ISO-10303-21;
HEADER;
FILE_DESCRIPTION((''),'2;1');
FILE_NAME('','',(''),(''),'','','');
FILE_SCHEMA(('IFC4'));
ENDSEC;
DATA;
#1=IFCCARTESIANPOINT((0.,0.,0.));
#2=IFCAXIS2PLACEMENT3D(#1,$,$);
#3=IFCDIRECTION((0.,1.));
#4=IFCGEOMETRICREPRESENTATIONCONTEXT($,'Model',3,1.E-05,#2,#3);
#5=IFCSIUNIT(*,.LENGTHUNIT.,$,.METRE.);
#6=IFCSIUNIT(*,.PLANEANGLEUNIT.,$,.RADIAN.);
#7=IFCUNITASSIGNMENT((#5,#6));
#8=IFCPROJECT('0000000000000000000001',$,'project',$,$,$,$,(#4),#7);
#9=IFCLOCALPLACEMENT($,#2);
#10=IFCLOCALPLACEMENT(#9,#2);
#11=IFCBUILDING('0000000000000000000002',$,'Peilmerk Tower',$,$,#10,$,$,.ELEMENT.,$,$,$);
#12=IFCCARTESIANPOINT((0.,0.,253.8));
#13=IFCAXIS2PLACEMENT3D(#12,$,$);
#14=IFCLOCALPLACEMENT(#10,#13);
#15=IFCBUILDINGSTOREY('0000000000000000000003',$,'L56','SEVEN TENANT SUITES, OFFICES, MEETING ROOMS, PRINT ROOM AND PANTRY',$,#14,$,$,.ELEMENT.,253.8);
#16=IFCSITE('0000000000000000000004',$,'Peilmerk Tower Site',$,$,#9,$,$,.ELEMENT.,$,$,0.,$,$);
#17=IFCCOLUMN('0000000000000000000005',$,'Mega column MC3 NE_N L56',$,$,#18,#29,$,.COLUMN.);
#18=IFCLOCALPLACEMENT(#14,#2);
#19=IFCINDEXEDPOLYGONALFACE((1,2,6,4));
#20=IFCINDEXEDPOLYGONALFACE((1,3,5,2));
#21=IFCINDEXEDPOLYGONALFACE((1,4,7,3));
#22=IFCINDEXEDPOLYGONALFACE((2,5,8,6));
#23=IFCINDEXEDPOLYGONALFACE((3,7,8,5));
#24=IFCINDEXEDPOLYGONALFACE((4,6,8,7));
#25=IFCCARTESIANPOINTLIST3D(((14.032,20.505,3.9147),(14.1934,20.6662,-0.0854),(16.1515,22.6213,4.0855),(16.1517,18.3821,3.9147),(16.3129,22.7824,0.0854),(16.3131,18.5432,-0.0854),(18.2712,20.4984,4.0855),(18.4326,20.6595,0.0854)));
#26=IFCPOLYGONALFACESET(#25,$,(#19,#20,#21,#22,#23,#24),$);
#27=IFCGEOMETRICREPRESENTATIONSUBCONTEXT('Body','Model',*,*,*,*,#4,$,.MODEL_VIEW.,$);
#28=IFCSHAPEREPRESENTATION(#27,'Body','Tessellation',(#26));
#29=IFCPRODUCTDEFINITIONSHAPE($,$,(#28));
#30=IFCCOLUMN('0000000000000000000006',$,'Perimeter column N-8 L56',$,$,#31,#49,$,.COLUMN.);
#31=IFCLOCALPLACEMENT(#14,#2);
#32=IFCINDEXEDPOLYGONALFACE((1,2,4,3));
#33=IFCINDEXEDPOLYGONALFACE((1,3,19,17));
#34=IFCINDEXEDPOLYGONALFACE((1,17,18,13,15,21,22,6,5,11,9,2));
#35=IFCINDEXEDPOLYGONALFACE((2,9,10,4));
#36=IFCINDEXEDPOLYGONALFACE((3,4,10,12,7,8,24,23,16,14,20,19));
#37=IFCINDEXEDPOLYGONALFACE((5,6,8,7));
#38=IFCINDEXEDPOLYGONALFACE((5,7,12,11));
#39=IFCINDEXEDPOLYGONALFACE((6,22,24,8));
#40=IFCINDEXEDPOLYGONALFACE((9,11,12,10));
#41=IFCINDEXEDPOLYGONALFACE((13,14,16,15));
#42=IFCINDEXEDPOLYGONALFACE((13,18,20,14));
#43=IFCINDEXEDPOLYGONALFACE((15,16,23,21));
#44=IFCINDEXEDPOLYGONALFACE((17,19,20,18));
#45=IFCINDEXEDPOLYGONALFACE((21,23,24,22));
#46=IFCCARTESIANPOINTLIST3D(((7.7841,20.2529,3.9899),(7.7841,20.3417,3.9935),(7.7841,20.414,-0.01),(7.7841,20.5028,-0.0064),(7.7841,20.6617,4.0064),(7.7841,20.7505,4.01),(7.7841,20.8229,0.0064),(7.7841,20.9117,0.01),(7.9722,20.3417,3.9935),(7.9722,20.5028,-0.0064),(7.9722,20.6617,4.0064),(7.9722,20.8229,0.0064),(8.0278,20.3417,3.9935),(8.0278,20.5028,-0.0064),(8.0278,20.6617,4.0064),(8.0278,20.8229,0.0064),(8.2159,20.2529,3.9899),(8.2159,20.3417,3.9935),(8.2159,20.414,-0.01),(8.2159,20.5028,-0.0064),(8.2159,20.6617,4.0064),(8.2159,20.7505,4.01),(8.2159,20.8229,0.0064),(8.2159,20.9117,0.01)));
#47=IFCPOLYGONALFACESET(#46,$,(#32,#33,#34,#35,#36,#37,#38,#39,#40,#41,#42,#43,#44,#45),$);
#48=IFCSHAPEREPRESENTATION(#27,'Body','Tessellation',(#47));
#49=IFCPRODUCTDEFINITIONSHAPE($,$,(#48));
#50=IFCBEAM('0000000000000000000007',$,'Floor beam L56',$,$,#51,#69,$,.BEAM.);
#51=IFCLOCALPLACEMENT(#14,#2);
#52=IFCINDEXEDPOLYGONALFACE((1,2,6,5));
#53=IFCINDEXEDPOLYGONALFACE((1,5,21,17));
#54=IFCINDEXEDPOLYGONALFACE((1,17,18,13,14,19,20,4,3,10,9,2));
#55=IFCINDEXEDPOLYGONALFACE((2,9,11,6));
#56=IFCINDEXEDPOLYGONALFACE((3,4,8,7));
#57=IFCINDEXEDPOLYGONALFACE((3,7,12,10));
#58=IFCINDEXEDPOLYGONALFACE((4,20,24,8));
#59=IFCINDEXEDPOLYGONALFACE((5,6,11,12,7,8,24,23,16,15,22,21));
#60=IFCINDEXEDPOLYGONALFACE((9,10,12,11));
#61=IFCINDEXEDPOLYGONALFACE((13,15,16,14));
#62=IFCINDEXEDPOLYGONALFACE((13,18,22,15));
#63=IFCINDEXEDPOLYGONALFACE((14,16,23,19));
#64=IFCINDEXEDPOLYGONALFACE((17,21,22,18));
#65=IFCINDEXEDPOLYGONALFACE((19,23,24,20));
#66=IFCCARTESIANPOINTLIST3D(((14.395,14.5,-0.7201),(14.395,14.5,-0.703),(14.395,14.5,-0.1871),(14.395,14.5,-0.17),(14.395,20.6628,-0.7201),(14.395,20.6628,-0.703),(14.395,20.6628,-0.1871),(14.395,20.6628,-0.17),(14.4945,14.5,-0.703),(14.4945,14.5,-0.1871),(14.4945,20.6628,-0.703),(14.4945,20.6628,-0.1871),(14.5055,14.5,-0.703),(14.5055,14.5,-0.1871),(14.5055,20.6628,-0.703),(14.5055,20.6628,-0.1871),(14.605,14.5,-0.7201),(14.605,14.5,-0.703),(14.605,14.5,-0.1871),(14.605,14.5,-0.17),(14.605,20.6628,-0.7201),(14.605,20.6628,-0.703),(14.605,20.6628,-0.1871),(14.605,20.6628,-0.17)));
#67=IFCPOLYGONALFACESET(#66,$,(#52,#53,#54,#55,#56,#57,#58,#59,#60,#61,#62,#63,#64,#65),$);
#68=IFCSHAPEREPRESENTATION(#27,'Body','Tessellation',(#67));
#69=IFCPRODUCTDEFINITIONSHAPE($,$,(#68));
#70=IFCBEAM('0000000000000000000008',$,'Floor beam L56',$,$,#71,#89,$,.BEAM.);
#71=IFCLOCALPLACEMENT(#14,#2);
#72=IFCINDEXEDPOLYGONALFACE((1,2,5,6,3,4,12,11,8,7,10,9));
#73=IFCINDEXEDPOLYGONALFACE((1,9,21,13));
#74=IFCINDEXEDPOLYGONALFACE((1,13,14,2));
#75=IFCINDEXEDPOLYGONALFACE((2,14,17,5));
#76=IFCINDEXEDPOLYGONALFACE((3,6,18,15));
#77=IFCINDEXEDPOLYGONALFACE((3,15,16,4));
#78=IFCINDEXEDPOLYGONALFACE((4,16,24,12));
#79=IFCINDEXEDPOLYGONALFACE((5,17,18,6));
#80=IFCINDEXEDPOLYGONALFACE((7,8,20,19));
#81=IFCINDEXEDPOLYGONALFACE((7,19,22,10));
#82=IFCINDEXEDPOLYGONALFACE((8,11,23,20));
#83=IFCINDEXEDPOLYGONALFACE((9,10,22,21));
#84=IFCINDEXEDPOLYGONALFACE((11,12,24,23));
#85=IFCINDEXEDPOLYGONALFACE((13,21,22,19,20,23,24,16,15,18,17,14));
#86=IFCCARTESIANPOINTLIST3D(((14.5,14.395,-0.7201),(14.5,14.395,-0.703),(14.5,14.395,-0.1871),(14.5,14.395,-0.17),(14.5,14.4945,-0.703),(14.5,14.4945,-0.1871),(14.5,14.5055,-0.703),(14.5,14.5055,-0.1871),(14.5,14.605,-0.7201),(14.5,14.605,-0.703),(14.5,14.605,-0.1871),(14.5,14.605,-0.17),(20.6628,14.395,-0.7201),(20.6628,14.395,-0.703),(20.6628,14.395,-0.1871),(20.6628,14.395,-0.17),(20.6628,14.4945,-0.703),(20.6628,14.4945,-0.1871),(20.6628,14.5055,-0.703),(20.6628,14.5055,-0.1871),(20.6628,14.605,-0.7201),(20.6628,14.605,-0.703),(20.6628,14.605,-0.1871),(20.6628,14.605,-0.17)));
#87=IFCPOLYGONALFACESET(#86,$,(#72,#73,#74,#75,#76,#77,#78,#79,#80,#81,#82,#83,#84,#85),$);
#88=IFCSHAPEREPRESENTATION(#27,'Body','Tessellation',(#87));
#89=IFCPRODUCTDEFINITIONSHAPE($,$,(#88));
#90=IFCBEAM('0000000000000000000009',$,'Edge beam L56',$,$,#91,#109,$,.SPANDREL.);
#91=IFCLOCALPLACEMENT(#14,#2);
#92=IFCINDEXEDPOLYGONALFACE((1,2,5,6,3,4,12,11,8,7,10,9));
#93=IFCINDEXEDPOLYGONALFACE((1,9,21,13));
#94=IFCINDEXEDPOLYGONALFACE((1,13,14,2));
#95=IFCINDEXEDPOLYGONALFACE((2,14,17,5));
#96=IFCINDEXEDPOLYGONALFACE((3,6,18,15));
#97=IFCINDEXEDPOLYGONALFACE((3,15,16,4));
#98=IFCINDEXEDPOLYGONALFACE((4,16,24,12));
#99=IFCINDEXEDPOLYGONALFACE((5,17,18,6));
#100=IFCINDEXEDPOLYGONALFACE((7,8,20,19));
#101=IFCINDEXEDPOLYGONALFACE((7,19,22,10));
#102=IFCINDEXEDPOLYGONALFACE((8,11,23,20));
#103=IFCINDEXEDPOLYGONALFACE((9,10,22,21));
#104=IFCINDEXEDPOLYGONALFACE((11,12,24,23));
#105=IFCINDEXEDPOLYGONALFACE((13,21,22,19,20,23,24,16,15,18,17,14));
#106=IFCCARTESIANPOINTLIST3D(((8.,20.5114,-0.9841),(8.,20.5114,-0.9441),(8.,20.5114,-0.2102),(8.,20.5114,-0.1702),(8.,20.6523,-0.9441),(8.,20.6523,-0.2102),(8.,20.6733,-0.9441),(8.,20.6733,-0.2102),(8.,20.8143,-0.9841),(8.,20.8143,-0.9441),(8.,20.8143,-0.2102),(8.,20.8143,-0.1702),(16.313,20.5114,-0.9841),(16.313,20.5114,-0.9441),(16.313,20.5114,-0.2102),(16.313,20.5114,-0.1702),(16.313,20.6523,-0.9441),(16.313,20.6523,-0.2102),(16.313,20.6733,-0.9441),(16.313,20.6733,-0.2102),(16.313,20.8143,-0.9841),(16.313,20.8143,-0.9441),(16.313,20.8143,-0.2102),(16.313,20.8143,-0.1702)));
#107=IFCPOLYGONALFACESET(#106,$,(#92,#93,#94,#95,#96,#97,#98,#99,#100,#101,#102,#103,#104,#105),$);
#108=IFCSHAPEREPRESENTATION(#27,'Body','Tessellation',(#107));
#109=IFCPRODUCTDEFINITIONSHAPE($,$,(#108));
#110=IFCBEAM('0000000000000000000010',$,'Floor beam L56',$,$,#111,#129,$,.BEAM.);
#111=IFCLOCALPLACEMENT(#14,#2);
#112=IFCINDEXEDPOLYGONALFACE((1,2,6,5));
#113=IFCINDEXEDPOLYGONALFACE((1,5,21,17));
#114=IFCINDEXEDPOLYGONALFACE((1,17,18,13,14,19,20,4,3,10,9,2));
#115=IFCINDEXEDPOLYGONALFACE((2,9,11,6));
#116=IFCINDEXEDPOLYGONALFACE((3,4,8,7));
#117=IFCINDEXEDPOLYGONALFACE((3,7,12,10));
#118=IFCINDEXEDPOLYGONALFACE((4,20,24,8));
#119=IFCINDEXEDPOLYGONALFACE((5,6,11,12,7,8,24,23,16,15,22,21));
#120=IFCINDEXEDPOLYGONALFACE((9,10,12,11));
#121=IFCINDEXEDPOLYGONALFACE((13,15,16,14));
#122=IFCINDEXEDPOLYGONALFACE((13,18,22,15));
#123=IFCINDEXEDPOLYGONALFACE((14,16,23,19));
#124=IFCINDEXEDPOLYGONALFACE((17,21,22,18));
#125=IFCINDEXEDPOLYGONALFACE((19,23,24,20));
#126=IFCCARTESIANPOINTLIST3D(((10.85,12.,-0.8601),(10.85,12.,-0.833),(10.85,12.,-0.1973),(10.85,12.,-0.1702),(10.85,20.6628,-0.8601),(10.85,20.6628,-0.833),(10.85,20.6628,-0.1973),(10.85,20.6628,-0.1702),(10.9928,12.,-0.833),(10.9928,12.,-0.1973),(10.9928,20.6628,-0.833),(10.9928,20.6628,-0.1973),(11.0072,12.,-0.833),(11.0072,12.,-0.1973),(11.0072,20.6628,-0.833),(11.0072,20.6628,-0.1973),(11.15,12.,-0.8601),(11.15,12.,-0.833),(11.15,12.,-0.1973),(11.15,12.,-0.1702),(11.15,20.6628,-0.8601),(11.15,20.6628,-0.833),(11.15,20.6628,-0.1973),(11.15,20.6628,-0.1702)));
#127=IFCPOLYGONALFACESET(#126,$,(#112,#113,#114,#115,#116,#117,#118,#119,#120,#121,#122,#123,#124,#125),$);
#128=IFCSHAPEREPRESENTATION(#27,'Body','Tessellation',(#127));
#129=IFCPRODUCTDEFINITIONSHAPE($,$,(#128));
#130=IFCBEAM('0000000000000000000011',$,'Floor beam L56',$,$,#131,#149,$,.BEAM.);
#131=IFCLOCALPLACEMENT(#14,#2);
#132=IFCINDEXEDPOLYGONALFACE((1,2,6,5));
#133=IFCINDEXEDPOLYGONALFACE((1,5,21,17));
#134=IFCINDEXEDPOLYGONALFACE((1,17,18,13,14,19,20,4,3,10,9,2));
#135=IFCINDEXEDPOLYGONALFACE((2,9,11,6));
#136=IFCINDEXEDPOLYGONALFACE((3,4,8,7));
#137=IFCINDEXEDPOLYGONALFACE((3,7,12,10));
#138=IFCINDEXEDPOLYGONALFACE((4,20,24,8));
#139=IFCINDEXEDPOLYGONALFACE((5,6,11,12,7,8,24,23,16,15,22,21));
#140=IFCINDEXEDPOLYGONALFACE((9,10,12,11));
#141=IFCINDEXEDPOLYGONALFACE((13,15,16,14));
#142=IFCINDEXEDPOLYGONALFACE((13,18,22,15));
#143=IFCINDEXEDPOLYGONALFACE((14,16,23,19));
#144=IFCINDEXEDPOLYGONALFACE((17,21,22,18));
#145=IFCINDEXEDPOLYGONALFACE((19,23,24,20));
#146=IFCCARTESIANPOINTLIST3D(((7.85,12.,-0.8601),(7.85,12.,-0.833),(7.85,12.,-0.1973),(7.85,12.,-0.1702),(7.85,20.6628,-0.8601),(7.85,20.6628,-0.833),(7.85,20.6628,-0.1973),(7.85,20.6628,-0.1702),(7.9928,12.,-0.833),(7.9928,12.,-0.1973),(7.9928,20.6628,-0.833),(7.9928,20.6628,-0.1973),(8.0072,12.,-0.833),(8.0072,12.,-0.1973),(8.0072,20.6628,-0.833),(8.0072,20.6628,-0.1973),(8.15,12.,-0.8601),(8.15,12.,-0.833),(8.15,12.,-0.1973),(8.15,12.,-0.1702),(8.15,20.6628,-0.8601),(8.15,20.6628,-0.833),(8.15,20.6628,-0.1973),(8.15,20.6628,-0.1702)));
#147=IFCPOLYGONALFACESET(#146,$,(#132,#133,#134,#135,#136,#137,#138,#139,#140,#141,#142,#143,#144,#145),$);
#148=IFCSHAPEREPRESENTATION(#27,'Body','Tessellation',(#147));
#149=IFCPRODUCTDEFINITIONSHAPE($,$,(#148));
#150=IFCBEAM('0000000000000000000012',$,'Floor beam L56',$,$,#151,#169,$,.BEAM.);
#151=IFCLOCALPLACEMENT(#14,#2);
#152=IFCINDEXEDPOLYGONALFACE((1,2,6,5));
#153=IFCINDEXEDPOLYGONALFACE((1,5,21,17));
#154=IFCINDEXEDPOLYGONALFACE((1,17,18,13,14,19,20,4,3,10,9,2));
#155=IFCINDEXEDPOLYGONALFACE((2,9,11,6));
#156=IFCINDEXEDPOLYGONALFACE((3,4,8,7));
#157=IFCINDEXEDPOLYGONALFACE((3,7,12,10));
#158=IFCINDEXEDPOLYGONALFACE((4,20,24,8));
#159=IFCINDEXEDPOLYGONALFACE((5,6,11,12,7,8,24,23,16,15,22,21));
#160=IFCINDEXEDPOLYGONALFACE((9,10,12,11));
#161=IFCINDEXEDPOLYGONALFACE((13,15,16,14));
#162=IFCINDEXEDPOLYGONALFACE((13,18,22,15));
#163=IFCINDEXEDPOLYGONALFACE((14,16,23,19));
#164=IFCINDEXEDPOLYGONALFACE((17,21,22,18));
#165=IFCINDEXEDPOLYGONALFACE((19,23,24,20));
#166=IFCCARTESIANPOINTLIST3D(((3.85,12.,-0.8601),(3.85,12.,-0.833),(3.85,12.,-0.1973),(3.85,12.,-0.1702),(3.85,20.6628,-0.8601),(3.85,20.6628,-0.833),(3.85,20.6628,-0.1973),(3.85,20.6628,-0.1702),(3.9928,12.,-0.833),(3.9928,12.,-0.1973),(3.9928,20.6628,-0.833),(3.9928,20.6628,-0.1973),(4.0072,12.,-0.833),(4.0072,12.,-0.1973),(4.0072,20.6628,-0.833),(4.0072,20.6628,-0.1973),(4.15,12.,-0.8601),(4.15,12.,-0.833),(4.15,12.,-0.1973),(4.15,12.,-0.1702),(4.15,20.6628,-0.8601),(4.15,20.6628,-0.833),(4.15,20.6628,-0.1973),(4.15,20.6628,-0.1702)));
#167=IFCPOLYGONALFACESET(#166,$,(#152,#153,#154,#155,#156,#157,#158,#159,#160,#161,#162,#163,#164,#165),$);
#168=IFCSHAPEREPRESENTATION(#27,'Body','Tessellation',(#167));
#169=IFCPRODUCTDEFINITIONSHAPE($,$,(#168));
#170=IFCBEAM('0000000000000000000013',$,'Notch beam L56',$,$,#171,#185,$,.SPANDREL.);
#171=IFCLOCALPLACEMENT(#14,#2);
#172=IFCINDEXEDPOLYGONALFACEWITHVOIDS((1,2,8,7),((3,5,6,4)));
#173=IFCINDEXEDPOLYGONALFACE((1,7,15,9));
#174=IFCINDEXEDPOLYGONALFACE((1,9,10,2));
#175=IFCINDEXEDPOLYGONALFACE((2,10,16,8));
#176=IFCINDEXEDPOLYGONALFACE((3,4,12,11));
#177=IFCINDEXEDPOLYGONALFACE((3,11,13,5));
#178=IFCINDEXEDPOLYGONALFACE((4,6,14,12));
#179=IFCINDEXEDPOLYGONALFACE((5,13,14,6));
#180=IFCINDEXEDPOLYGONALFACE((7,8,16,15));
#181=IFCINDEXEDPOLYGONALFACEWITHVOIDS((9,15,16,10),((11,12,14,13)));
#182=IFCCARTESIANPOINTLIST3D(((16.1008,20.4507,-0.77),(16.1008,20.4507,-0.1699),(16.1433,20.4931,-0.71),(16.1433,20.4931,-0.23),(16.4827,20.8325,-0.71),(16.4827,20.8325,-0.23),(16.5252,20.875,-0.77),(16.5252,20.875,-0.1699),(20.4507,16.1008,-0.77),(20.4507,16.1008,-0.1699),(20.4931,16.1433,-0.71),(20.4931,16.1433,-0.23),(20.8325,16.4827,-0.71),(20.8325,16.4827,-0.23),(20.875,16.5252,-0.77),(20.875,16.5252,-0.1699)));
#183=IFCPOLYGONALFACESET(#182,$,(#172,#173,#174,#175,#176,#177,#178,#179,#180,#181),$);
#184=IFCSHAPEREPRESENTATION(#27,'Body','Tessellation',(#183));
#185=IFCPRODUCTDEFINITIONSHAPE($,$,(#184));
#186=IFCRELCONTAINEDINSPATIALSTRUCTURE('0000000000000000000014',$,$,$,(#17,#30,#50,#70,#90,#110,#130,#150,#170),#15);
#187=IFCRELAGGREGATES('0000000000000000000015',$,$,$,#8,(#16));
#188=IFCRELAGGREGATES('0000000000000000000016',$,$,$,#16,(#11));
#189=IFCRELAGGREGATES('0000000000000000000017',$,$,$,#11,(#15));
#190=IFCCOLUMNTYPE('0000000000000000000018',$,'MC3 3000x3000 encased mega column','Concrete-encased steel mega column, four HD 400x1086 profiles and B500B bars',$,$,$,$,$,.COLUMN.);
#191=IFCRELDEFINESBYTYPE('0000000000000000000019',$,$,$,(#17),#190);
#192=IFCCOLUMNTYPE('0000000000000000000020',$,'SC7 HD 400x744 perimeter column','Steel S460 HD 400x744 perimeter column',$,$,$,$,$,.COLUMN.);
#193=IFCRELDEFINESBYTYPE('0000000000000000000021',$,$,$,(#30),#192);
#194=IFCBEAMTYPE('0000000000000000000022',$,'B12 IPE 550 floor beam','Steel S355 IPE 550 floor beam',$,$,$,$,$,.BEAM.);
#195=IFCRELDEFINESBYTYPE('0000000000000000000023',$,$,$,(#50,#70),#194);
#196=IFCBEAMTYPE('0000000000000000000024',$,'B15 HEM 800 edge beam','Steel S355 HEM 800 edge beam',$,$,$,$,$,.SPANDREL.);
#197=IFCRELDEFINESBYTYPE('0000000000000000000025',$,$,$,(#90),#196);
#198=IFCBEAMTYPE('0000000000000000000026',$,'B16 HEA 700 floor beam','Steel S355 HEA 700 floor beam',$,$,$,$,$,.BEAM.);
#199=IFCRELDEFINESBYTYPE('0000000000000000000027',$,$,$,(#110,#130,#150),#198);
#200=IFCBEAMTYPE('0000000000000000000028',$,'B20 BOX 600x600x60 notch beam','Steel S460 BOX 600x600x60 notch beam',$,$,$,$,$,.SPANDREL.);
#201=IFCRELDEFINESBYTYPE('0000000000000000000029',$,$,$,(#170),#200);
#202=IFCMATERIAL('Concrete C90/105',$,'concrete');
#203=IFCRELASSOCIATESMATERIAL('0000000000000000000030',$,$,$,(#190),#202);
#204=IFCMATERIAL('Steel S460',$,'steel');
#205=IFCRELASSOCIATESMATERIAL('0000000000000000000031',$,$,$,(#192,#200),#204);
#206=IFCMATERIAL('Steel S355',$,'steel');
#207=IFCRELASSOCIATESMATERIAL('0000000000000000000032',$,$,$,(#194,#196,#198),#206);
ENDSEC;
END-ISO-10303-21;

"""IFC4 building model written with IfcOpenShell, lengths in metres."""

from ifc_helpers import new_model, si_unit, direction, frame, origin, origin_2d, place, context, subcontext, project, spatial, rectangle, hollow_rectangle, i_section, extrude, material, material_profile, profile_set, type_object, element, save


model = new_model("IFC4")

# Units and contexts
model_context = context("Model", 3, precision=1e-05, world=origin(), true_north=direction((0.0, 1.0)))
body_context = subcontext(model_context, "Body", "Model", "MODEL_VIEW")
ifc_project = project(units=[si_unit("LENGTHUNIT", "METRE"), si_unit("PLANEANGLEUNIT", "RADIAN")], contexts=[model_context])

# Site, building, storey
site_placement = place(None, origin())
site = spatial("IfcSite", under=ifc_project, at=site_placement, Name="Peilmerk Tower Site", CompositionType="ELEMENT", RefElevation=0.0)
building_placement = place(site_placement, origin())
building = spatial("IfcBuilding", under=site, at=building_placement, Name="Peilmerk Tower", CompositionType="ELEMENT")
storey_placement = place(building_placement, frame((0.0, 0.0, 253.8)))
storey = spatial("IfcBuildingStorey", under=building, at=storey_placement, Name="L56", Description="SEVEN TENANT SUITES, OFFICES, MEETING ROOMS, PRINT ROOM AND PANTRY", CompositionType="ELEMENT", Elevation=253.8)

# Columns
ifc_material_1 = material(Name="Concrete C90/105", Category="concrete")
ifc_material_profile_1 = material_profile(ifc_material_1, rectangle(XDim=3.0, YDim=3.0, at=origin_2d()), Name="RC 3000x3000")
ifc_profile_set_1 = profile_set([ifc_material_profile_1], Name="Concrete C90/105")
column_type_1 = type_object("IfcColumnType", Name="MC3 3000x3000 encased mega column", Description="Concrete-encased steel mega column, four HD 400x1086 profiles and B500B bars", PredefinedType="COLUMN", material=ifc_profile_set_1)
column_1_placement = place(storey_placement, frame((16.313, 20.6628, 0.0), z_axis=(-0.040279, -0.040218, 0.998379), x_axis=(0.706571, -0.707642, 0.0)))
element("IfcColumn", 1, at=column_1_placement, inside=storey, type_object=column_type_1, Name="Mega column MC3 NE_N L56", PredefinedType="COLUMN", context=body_context, shape_type="SweptSolid", body=[
    extrude(rectangle(XDim=3.0, YDim=3.0, at=origin_2d()), origin(), (0.0, 0.0, 1.0), 4.0066),
])
ifc_material_2 = material(Name="Steel S460", Category="steel")
ifc_material_profile_2 = material_profile(ifc_material_2, i_section(OverallWidth=0.4319, OverallDepth=0.498, WebThickness=0.0557, FlangeThickness=0.0889, at=origin_2d()), Name="HD 400x744")
ifc_profile_set_2 = profile_set([ifc_material_profile_2], Name="Steel S460")
column_type_2 = type_object("IfcColumnType", Name="SC7 HD 400x744 perimeter column", Description="Steel S460 HD 400x744 perimeter column", PredefinedType="COLUMN", material=ifc_profile_set_2)
column_2_placement = place(storey_placement, frame((8.0, 20.6628, 0.0), z_axis=(0.0, -0.040251, 0.99919), x_axis=(1.0, 0.0, 0.0)))
element("IfcColumn", 2, at=column_2_placement, inside=storey, type_object=column_type_2, Name="Perimeter column N-8 L56", PredefinedType="COLUMN", context=body_context, shape_type="SweptSolid", body=[
    extrude(i_section(OverallWidth=0.4319, OverallDepth=0.498, WebThickness=0.0557, FlangeThickness=0.0889, at=origin_2d()), origin(), (0.0, 0.0, 1.0), 4.0032),
])

# Beams
ifc_material_3 = material(Name="Steel S355", Category="steel")
ifc_material_profile_3 = material_profile(ifc_material_3, i_section(OverallWidth=0.21, OverallDepth=0.55, WebThickness=0.011, FlangeThickness=0.0171, at=origin_2d()), Name="IPE 550")
ifc_profile_set_3 = profile_set([ifc_material_profile_3], Name="Steel S355")
beam_type_1 = type_object("IfcBeamType", Name="B12 IPE 550 floor beam", Description="Steel S355 IPE 550 floor beam", PredefinedType="BEAM", material=ifc_profile_set_3)
for number, where, z_axis, x_axis, name in (
    (3, (14.5, 14.5, -0.4451), (0.0, 1.0, 0.0), (-1.0, 0.0, 0.0), "Floor beam L56"),
    (4, (14.5, 14.5, -0.4451), (1.0, 0.0, 0.0), (0.0, 1.0, 0.0), "Floor beam L56"),
):
    element("IfcBeam", number, at=place(storey_placement, frame(where, z_axis=z_axis, x_axis=x_axis)), inside=storey, type_object=beam_type_1, Name=name, PredefinedType="BEAM", context=body_context, shape_type="SweptSolid", body=[
        extrude(i_section(OverallWidth=0.21, OverallDepth=0.55, WebThickness=0.011, FlangeThickness=0.0171, at=origin_2d()), origin(), (0.0, 0.0, 1.0), 6.1628),
    ])
ifc_material_profile_4 = material_profile(ifc_material_3, i_section(OverallWidth=0.303, OverallDepth=0.814, WebThickness=0.021, FlangeThickness=0.04, at=origin_2d()), Name="HEM 800")
ifc_profile_set_4 = profile_set([ifc_material_profile_4], Name="Steel S355")
beam_type_2 = type_object("IfcBeamType", Name="B15 HEM 800 edge beam", Description="Steel S355 HEM 800 edge beam", PredefinedType="SPANDREL", material=ifc_profile_set_4)
beam_1_placement = place(storey_placement, frame((16.313, 20.6628, -0.5771), z_axis=(-1.0, 0.0, 0.0), x_axis=(0.0, -1.0, 0.0)))
element("IfcBeam", 5, at=beam_1_placement, inside=storey, type_object=beam_type_2, Name="Edge beam L56", PredefinedType="SPANDREL", context=body_context, shape_type="SweptSolid", body=[
    extrude(i_section(OverallWidth=0.303, OverallDepth=0.814, WebThickness=0.021, FlangeThickness=0.04, at=origin_2d()), origin(), (0.0, 0.0, 1.0), 8.313),
])
ifc_material_profile_5 = material_profile(ifc_material_3, i_section(OverallWidth=0.3, OverallDepth=0.6899, WebThickness=0.0144, FlangeThickness=0.0271, at=origin_2d()), Name="HEA 700")
ifc_profile_set_5 = profile_set([ifc_material_profile_5], Name="Steel S355")
beam_type_3 = type_object("IfcBeamType", Name="B16 HEA 700 floor beam", Description="Steel S355 HEA 700 floor beam", PredefinedType="BEAM", material=ifc_profile_set_5)
for number, where, z_axis, x_axis, name in (
    (6, (11.0, 12.0, -0.5151), (0.0, 1.0, 0.0), (-1.0, 0.0, 0.0), "Floor beam L56"),
    (7, (8.0, 12.0, -0.5151), (0.0, 1.0, 0.0), (-1.0, 0.0, 0.0), "Floor beam L56"),
    (8, (4.0, 12.0, -0.5151), (0.0, 1.0, 0.0), (-1.0, 0.0, 0.0), "Floor beam L56"),
):
    element("IfcBeam", number, at=place(storey_placement, frame(where, z_axis=z_axis, x_axis=x_axis)), inside=storey, type_object=beam_type_3, Name=name, PredefinedType="BEAM", context=body_context, shape_type="SweptSolid", body=[
        extrude(i_section(OverallWidth=0.3, OverallDepth=0.6899, WebThickness=0.0144, FlangeThickness=0.0271, at=origin_2d()), origin(), (0.0, 0.0, 1.0), 8.6628),
    ])
ifc_material_profile_6 = material_profile(ifc_material_2, hollow_rectangle(XDim=0.6001, YDim=0.6001, WallThickness=0.0601, at=origin_2d()), Name="BOX 600x600x60")
ifc_profile_set_6 = profile_set([ifc_material_profile_6], Name="Steel S460")
beam_type_4 = type_object("IfcBeamType", Name="B20 BOX 600x600x60 notch beam", Description="Steel S460 BOX 600x600x60 notch beam", PredefinedType="SPANDREL", material=ifc_profile_set_6)
beam_2_placement = place(storey_placement, frame((16.313, 20.6628, -0.47), z_axis=(0.707107, -0.707107, 0.0), x_axis=(0.707107, 0.707107, 0.0)))
element("IfcBeam", 9, at=beam_2_placement, inside=storey, type_object=beam_type_4, Name="Notch beam L56", PredefinedType="SPANDREL", context=body_context, shape_type="SweptSolid", body=[
    extrude(hollow_rectangle(XDim=0.6001, YDim=0.6001, WallThickness=0.0601, at=origin_2d()), origin(), (0.0, 0.0, 1.0), 6.1516),
])

save(model, "model.ifc")
